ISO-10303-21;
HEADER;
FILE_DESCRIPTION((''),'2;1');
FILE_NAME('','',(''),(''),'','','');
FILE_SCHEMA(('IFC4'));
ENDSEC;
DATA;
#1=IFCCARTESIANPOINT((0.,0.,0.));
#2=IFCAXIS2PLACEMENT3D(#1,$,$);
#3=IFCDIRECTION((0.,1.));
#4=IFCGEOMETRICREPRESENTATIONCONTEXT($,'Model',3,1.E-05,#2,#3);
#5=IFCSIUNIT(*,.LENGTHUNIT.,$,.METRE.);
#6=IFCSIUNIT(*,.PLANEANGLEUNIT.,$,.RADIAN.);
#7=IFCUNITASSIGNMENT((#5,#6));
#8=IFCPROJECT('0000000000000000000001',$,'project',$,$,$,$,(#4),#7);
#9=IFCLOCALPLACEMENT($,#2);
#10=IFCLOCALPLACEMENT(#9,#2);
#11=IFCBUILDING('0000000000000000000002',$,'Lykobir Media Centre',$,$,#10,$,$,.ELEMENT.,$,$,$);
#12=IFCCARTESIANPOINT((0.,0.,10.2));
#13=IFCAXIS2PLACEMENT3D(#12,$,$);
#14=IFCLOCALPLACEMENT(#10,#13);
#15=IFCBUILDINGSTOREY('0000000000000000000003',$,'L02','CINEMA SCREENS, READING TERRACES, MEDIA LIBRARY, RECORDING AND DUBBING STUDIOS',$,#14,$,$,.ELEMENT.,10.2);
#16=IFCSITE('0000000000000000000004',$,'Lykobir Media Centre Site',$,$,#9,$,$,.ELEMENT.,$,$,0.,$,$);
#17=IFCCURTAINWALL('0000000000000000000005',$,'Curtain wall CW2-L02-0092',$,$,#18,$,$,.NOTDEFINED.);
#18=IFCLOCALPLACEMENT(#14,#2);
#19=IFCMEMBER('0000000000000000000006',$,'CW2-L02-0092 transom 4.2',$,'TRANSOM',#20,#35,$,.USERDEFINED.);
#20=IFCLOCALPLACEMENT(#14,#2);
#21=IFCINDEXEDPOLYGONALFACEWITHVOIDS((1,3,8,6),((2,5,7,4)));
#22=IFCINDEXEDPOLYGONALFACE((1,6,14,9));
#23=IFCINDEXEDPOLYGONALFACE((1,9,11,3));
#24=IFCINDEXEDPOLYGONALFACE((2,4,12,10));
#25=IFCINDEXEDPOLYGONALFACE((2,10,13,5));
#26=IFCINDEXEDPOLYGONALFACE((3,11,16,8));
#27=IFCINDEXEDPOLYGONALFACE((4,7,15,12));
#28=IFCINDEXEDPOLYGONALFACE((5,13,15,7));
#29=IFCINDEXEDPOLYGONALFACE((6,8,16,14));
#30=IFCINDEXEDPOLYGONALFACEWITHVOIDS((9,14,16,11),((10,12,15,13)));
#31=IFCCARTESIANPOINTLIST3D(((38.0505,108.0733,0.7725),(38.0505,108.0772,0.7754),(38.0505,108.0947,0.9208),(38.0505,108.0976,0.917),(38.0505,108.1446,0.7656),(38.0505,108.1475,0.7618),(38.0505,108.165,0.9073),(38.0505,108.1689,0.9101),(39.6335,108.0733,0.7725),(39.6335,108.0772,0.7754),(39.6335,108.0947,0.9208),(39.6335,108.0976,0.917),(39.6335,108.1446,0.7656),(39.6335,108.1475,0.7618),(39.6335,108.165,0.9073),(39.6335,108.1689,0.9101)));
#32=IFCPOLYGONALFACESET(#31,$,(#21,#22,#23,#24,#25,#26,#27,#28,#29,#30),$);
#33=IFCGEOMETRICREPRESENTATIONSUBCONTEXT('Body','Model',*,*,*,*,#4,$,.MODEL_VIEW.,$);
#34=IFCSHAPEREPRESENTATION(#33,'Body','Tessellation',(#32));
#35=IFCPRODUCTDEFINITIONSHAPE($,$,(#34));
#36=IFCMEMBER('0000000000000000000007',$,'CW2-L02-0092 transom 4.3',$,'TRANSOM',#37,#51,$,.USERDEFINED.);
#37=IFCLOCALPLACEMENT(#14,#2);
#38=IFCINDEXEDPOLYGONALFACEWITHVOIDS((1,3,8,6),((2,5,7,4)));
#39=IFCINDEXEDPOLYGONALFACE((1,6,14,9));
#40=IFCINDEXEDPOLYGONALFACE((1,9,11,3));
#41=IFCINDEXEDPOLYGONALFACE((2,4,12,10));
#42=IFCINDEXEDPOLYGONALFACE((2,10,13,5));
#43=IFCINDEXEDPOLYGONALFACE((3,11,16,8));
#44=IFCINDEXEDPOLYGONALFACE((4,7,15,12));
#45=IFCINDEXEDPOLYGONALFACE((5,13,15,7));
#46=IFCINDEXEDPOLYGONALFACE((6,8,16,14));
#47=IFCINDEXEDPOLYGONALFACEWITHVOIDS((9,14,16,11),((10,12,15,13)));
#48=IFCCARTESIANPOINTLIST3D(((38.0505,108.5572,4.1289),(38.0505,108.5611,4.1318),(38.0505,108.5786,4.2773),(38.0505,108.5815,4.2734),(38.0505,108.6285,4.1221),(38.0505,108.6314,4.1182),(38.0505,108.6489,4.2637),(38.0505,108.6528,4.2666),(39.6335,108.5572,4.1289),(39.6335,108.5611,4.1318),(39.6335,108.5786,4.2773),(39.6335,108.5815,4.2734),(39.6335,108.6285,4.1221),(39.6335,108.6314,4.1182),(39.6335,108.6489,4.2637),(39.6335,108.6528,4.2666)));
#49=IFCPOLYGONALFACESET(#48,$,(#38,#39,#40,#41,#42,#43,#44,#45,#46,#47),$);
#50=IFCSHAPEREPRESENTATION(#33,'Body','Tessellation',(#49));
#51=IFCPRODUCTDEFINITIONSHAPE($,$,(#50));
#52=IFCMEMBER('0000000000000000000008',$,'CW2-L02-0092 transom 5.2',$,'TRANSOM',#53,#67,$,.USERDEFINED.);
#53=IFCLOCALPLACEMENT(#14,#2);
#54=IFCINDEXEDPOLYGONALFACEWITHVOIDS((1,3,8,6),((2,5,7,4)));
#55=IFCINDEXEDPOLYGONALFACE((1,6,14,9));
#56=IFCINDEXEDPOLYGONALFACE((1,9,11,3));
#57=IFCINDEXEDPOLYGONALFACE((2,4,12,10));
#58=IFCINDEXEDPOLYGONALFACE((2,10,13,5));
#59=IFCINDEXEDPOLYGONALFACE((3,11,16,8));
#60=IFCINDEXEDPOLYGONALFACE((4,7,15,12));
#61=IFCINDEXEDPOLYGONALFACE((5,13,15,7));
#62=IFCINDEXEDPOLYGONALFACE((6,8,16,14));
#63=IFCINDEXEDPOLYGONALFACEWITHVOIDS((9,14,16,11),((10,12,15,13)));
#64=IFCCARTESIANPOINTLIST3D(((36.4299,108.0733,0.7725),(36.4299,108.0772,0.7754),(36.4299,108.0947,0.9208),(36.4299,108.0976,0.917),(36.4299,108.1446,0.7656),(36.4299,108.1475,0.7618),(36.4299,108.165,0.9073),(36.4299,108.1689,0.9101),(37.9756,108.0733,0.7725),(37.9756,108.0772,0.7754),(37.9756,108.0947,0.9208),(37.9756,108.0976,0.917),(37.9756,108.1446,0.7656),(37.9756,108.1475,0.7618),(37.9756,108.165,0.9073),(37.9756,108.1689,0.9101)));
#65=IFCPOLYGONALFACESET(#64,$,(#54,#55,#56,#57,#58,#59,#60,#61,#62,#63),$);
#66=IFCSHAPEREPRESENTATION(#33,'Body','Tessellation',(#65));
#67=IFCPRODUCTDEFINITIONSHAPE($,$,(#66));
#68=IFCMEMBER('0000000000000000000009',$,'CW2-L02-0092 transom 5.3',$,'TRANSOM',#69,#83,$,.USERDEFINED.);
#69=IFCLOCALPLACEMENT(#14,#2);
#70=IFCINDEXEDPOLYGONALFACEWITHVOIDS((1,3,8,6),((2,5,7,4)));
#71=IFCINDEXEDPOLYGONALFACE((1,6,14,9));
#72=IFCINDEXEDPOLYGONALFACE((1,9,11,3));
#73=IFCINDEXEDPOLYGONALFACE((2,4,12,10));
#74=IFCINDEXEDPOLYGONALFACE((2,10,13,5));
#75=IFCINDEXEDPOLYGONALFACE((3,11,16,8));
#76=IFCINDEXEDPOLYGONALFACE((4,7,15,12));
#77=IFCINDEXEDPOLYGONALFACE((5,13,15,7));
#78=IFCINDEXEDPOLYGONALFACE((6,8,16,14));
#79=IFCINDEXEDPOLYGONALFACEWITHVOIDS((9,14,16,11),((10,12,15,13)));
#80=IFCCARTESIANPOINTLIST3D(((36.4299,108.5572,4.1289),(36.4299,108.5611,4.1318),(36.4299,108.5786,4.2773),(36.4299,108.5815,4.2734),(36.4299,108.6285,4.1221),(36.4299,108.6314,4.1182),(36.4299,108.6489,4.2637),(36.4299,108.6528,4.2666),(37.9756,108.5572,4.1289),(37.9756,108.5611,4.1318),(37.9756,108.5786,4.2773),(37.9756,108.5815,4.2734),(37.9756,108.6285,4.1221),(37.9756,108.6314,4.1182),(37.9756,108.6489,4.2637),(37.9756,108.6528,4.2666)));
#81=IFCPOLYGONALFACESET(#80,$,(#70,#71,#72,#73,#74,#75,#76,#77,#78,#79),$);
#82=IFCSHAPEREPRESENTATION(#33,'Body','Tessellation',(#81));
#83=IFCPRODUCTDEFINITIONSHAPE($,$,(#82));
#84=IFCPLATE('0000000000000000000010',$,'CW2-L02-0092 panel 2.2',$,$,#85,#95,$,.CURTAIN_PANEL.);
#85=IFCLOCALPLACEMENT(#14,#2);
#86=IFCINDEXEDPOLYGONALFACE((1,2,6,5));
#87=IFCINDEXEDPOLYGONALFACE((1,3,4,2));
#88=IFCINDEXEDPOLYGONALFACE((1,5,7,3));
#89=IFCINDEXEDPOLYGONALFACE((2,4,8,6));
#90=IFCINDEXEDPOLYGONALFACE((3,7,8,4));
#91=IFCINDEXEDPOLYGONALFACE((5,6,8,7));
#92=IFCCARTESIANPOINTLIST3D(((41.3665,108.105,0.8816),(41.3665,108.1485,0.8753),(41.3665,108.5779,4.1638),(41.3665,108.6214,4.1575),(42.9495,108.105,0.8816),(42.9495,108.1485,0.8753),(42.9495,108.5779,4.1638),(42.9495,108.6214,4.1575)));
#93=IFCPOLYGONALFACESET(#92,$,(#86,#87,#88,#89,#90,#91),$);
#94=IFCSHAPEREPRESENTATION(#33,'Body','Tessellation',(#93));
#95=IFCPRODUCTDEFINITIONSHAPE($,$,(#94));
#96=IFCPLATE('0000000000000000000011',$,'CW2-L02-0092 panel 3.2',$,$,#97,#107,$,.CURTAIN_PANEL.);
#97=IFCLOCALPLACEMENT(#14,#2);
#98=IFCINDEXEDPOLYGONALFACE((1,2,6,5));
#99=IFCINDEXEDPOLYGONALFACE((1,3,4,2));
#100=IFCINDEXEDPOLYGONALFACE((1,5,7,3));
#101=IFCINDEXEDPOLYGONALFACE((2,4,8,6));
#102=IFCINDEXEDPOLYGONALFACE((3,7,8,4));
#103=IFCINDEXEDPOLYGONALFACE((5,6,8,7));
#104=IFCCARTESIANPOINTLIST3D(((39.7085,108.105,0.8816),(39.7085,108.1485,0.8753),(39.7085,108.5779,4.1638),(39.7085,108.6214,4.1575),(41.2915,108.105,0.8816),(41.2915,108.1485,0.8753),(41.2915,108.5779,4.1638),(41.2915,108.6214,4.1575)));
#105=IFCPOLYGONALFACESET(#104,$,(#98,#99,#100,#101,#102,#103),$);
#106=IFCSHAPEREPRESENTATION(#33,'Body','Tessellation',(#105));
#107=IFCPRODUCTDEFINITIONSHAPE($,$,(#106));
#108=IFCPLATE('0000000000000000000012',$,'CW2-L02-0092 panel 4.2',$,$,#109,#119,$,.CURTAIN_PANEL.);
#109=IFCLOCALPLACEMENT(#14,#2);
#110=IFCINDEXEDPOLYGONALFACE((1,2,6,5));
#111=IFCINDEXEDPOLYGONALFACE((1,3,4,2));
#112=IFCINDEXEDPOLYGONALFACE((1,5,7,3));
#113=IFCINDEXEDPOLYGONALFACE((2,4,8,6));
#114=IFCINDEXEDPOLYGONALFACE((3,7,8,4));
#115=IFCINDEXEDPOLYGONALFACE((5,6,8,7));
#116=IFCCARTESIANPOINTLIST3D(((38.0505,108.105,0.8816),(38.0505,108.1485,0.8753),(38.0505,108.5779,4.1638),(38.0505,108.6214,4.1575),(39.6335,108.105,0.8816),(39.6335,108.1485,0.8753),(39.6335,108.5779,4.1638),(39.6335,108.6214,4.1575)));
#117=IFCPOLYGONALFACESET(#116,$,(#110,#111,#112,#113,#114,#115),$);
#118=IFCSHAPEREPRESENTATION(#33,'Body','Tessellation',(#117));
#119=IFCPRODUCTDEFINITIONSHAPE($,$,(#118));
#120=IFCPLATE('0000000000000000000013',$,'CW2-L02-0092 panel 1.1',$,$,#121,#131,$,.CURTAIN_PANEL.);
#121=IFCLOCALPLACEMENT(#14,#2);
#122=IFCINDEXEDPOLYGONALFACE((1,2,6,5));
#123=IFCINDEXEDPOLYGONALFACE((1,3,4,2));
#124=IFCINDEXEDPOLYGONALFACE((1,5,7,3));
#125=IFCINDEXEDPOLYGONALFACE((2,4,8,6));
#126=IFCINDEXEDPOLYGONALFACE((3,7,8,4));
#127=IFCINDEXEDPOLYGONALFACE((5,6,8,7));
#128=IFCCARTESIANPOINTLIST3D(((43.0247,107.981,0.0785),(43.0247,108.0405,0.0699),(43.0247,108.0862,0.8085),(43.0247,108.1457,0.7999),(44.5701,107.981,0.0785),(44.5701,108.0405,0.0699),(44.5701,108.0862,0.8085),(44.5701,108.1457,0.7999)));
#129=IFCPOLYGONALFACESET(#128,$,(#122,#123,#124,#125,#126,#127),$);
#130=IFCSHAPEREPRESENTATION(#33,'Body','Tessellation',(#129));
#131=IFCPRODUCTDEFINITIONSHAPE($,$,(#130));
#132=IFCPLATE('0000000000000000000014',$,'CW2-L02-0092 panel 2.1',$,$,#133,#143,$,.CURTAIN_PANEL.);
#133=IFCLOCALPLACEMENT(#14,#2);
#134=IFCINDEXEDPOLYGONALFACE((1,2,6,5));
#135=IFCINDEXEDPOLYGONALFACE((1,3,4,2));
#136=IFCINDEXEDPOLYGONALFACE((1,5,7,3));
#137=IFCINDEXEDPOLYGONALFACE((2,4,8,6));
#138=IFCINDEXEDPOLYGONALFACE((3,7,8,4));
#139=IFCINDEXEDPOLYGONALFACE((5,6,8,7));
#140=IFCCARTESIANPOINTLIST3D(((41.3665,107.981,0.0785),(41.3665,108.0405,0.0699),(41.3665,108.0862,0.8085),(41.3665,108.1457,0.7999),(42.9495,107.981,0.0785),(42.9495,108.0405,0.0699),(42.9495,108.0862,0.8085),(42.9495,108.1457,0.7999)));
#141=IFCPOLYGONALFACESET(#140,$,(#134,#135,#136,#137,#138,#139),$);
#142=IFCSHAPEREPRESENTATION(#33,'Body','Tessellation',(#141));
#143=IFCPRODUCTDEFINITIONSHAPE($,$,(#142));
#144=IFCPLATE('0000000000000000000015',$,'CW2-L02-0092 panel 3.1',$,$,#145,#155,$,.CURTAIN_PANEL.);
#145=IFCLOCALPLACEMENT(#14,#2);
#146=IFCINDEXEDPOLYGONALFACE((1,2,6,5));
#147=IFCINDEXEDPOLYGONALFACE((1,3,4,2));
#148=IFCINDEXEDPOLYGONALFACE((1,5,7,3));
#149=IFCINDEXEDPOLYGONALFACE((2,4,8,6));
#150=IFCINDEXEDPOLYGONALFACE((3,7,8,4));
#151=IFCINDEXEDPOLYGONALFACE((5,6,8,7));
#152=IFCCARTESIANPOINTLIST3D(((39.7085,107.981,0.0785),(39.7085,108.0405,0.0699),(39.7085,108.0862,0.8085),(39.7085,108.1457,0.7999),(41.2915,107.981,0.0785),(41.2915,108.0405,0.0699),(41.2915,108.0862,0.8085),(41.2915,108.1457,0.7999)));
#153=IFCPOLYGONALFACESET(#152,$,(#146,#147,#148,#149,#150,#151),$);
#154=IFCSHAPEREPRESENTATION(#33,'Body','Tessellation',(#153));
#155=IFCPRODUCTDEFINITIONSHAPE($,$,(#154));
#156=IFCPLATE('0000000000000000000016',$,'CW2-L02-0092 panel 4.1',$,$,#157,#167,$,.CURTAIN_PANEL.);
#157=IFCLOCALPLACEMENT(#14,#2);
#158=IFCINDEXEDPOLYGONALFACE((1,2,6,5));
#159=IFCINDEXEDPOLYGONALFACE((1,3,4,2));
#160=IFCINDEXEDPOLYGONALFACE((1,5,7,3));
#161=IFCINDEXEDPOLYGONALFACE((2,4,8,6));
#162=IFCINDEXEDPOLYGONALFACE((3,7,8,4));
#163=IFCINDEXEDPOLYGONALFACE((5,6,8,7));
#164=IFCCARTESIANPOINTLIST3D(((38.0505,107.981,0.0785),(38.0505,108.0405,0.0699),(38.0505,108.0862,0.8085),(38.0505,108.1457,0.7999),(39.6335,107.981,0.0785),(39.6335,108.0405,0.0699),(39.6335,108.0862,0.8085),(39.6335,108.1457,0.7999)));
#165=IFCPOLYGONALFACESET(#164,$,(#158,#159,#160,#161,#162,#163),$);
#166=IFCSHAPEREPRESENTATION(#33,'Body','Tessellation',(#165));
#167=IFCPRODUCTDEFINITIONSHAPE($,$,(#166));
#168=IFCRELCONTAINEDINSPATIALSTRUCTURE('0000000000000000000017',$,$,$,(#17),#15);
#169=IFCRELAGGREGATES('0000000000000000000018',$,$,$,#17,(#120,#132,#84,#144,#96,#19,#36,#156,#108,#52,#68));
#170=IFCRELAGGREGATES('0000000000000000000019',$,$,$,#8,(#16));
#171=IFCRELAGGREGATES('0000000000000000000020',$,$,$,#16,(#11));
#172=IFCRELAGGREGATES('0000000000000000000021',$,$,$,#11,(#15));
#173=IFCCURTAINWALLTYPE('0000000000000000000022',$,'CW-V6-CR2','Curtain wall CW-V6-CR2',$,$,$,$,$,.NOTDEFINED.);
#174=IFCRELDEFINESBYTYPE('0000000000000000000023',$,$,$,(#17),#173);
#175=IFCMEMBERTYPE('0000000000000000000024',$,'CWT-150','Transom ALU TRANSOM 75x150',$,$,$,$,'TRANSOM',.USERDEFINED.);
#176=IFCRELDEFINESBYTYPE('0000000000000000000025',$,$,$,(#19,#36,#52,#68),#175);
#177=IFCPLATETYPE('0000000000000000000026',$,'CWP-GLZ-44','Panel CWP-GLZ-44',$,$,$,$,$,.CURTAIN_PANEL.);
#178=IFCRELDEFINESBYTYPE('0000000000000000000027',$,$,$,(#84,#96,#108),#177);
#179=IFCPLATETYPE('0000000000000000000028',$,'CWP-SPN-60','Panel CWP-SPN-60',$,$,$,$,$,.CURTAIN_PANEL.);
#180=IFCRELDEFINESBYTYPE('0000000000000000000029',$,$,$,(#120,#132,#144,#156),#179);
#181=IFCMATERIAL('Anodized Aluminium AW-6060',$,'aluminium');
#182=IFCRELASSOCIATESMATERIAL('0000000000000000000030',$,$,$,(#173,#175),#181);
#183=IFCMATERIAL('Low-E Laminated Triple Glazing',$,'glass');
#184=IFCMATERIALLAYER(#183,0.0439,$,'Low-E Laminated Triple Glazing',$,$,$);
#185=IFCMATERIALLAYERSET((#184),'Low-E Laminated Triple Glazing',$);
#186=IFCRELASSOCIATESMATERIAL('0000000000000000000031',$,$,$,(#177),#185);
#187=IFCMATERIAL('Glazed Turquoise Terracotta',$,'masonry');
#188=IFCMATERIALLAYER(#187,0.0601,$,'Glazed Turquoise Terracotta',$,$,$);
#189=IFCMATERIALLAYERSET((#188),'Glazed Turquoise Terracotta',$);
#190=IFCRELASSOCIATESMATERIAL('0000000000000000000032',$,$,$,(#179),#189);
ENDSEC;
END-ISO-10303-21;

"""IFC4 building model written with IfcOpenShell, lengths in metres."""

from ifc_helpers import new_model, si_unit, direction, frame, origin, origin_2d, place, context, subcontext, project, spatial, rectangle, hollow_rectangle, extrude, material, layer, layer_set, material_profile, profile_set, type_object, element, aggregate, save


model = new_model("IFC4")

# Units and contexts
model_context = context("Model", 3, precision=1e-05, world=origin(), true_north=direction((0.0, 1.0)))
body_context = subcontext(model_context, "Body", "Model", "MODEL_VIEW")
ifc_project = project(units=[si_unit("LENGTHUNIT", "METRE"), si_unit("PLANEANGLEUNIT", "RADIAN")], contexts=[model_context])

# Site, building, storey
site_placement = place(None, origin())
site = spatial("IfcSite", under=ifc_project, at=site_placement, Name="Lykobir Media Centre Site", CompositionType="ELEMENT", RefElevation=0.0)
building_placement = place(site_placement, origin())
building = spatial("IfcBuilding", under=site, at=building_placement, Name="Lykobir Media Centre", CompositionType="ELEMENT")
storey_placement = place(building_placement, frame((0.0, 0.0, 10.2)))
storey = spatial("IfcBuildingStorey", under=building, at=storey_placement, Name="L02", Description="CINEMA SCREENS, READING TERRACES, MEDIA LIBRARY, RECORDING AND DUBBING STUDIOS", CompositionType="ELEMENT", Elevation=10.2)

# Curtain wall, members, plates
ifc_material_1 = material(Name="Anodized Aluminium AW-6060", Category="aluminium")
curtain_wall_type = type_object("IfcCurtainWallType", Name="CW-V6-CR2", Description="Curtain wall CW-V6-CR2", PredefinedType="NOTDEFINED", material=ifc_material_1)
curtain_wall_placement = place(storey_placement, origin())
curtain_wall = element("IfcCurtainWall", 1, at=curtain_wall_placement, inside=storey, type_object=curtain_wall_type, Name="Curtain wall CW2-L02-0092", PredefinedType="NOTDEFINED")
ifc_material_profile_1 = material_profile(ifc_material_1, hollow_rectangle(XDim=0.075, YDim=0.1499, WallThickness=0.0034, at=origin_2d()), Name="ALU TRANSOM 75x150")
ifc_profile_set_1 = profile_set([ifc_material_profile_1], Name="Anodized Aluminium AW-6060")
member_type_1 = type_object("IfcMemberType", Name="CWT-150", Description="Transom ALU TRANSOM 75x150", ElementType="TRANSOM", PredefinedType="USERDEFINED", material=ifc_profile_set_1)
member_1_placement = place(storey_placement, frame((39.6335, 108.1211, 0.8413), z_axis=(-1.0, 0.0, 0.0), x_axis=(0.0, -0.989776, 0.142629)))
member_1 = element("IfcMember", 2, at=member_1_placement, type_object=member_type_1, Name="CW2-L02-0092 transom 4.2", ObjectType="TRANSOM", PredefinedType="USERDEFINED", context=body_context, shape_type="SweptSolid", body=[
    extrude(hollow_rectangle(XDim=0.075, YDim=0.1499, WallThickness=0.0034, at=origin_2d()), origin(), (0.0, 0.0, 1.0), 1.583),
])
member_2_placement = place(storey_placement, frame((39.6335, 108.605, 4.1978), z_axis=(-1.0, 0.0, 0.0), x_axis=(0.0, -0.989776, 0.142629)))
member_2 = element("IfcMember", 3, at=member_2_placement, type_object=member_type_1, Name="CW2-L02-0092 transom 4.3", ObjectType="TRANSOM", PredefinedType="USERDEFINED", context=body_context, shape_type="SweptSolid", body=[
    extrude(hollow_rectangle(XDim=0.075, YDim=0.1499, WallThickness=0.0034, at=origin_2d()), origin(), (0.0, 0.0, 1.0), 1.583),
])
member_3_placement = place(storey_placement, frame((37.9756, 108.1211, 0.8413), z_axis=(-1.0, 0.0, 0.0), x_axis=(0.0, -0.989776, 0.142629)))
member_3 = element("IfcMember", 4, at=member_3_placement, type_object=member_type_1, Name="CW2-L02-0092 transom 5.2", ObjectType="TRANSOM", PredefinedType="USERDEFINED", context=body_context, shape_type="SweptSolid", body=[
    extrude(hollow_rectangle(XDim=0.075, YDim=0.1499, WallThickness=0.0034, at=origin_2d()), origin(), (0.0, 0.0, 1.0), 1.5457),
])
member_4_placement = place(storey_placement, frame((37.9756, 108.605, 4.1978), z_axis=(-1.0, 0.0, 0.0), x_axis=(0.0, -0.989776, 0.142629)))
member_4 = element("IfcMember", 5, at=member_4_placement, type_object=member_type_1, Name="CW2-L02-0092 transom 5.3", ObjectType="TRANSOM", PredefinedType="USERDEFINED", context=body_context, shape_type="SweptSolid", body=[
    extrude(hollow_rectangle(XDim=0.075, YDim=0.1499, WallThickness=0.0034, at=origin_2d()), origin(), (0.0, 0.0, 1.0), 1.5457),
])
ifc_material_2 = material(Name="Low-E Laminated Triple Glazing", Category="glass")
ifc_layer_1 = layer(ifc_material_2, 0.0439, Name="Low-E Laminated Triple Glazing")
ifc_layer_set_1 = layer_set([ifc_layer_1], Name="Low-E Laminated Triple Glazing")
plate_type_1 = type_object("IfcPlateType", Name="CWP-GLZ-44", Description="Panel CWP-GLZ-44", PredefinedType="CURTAIN_PANEL", material=ifc_layer_set_1)
plate_1_placement = place(storey_placement, frame((42.158, 108.1267, 0.8784), z_axis=(0.0, 0.142629, 0.989776), x_axis=(-1.0, 0.0, 0.0)))
plate_1 = element("IfcPlate", 6, at=plate_1_placement, type_object=plate_type_1, Name="CW2-L02-0092 panel 2.2", PredefinedType="CURTAIN_PANEL", context=body_context, shape_type="SweptSolid", body=[
    extrude(rectangle(XDim=1.583, YDim=0.0439, at=origin_2d()), origin(), (0.0, 0.0, 1.0), 3.3162),
])
plate_2_placement = place(storey_placement, frame((40.5, 108.1267, 0.8784), z_axis=(0.0, 0.142629, 0.989776), x_axis=(-1.0, 0.0, 0.0)))
plate_2 = element("IfcPlate", 7, at=plate_2_placement, type_object=plate_type_1, Name="CW2-L02-0092 panel 3.2", PredefinedType="CURTAIN_PANEL", context=body_context, shape_type="SweptSolid", body=[
    extrude(rectangle(XDim=1.583, YDim=0.0439, at=origin_2d()), origin(), (0.0, 0.0, 1.0), 3.3162),
])
plate_3_placement = place(storey_placement, frame((38.842, 108.1267, 0.8784), z_axis=(0.0, 0.142629, 0.989776), x_axis=(-1.0, 0.0, 0.0)))
plate_3 = element("IfcPlate", 8, at=plate_3_placement, type_object=plate_type_1, Name="CW2-L02-0092 panel 4.2", PredefinedType="CURTAIN_PANEL", context=body_context, shape_type="SweptSolid", body=[
    extrude(rectangle(XDim=1.583, YDim=0.0439, at=origin_2d()), origin(), (0.0, 0.0, 1.0), 3.3162),
])
ifc_material_3 = material(Name="Glazed Turquoise Terracotta", Category="masonry")
ifc_layer_2 = layer(ifc_material_3, 0.0601, Name="Glazed Turquoise Terracotta")
ifc_layer_set_2 = layer_set([ifc_layer_2], Name="Glazed Turquoise Terracotta")
plate_type_2 = type_object("IfcPlateType", Name="CWP-SPN-60", Description="Panel CWP-SPN-60", PredefinedType="CURTAIN_PANEL", material=ifc_layer_set_2)
plate_4_placement = place(storey_placement, frame((43.7974, 108.0107, 0.0742), z_axis=(0.0, 0.142629, 0.989776), x_axis=(-1.0, 0.0, 0.0)))
plate_4 = element("IfcPlate", 9, at=plate_4_placement, type_object=plate_type_2, Name="CW2-L02-0092 panel 1.1", PredefinedType="CURTAIN_PANEL", context=body_context, shape_type="SweptSolid", body=[
    extrude(rectangle(XDim=1.5454, YDim=0.0601, at=origin_2d()), origin(), (0.0, 0.0, 1.0), 0.7375),
])
plate_5_placement = place(storey_placement, frame((42.158, 108.0107, 0.0742), z_axis=(0.0, 0.142629, 0.989776), x_axis=(-1.0, 0.0, 0.0)))
plate_5 = element("IfcPlate", 10, at=plate_5_placement, type_object=plate_type_2, Name="CW2-L02-0092 panel 2.1", PredefinedType="CURTAIN_PANEL", context=body_context, shape_type="SweptSolid", body=[
    extrude(rectangle(XDim=1.583, YDim=0.0601, at=origin_2d()), origin(), (0.0, 0.0, 1.0), 0.7375),
])
plate_6_placement = place(storey_placement, frame((40.5, 108.0107, 0.0742), z_axis=(0.0, 0.142629, 0.989776), x_axis=(-1.0, 0.0, 0.0)))
plate_6 = element("IfcPlate", 11, at=plate_6_placement, type_object=plate_type_2, Name="CW2-L02-0092 panel 3.1", PredefinedType="CURTAIN_PANEL", context=body_context, shape_type="SweptSolid", body=[
    extrude(rectangle(XDim=1.583, YDim=0.0601, at=origin_2d()), origin(), (0.0, 0.0, 1.0), 0.7375),
])
plate_7_placement = place(storey_placement, frame((38.842, 108.0107, 0.0742), z_axis=(0.0, 0.142629, 0.989776), x_axis=(-1.0, 0.0, 0.0)))
plate_7 = element("IfcPlate", 12, at=plate_7_placement, type_object=plate_type_2, Name="CW2-L02-0092 panel 4.1", PredefinedType="CURTAIN_PANEL", context=body_context, shape_type="SweptSolid", body=[
    extrude(rectangle(XDim=1.583, YDim=0.0601, at=origin_2d()), origin(), (0.0, 0.0, 1.0), 0.7375),
])
aggregate(curtain_wall, [plate_4, plate_5, plate_1, plate_6, plate_2, member_1, member_2, plate_7, plate_3, member_3, member_4])

save(model, "model.ifc")
